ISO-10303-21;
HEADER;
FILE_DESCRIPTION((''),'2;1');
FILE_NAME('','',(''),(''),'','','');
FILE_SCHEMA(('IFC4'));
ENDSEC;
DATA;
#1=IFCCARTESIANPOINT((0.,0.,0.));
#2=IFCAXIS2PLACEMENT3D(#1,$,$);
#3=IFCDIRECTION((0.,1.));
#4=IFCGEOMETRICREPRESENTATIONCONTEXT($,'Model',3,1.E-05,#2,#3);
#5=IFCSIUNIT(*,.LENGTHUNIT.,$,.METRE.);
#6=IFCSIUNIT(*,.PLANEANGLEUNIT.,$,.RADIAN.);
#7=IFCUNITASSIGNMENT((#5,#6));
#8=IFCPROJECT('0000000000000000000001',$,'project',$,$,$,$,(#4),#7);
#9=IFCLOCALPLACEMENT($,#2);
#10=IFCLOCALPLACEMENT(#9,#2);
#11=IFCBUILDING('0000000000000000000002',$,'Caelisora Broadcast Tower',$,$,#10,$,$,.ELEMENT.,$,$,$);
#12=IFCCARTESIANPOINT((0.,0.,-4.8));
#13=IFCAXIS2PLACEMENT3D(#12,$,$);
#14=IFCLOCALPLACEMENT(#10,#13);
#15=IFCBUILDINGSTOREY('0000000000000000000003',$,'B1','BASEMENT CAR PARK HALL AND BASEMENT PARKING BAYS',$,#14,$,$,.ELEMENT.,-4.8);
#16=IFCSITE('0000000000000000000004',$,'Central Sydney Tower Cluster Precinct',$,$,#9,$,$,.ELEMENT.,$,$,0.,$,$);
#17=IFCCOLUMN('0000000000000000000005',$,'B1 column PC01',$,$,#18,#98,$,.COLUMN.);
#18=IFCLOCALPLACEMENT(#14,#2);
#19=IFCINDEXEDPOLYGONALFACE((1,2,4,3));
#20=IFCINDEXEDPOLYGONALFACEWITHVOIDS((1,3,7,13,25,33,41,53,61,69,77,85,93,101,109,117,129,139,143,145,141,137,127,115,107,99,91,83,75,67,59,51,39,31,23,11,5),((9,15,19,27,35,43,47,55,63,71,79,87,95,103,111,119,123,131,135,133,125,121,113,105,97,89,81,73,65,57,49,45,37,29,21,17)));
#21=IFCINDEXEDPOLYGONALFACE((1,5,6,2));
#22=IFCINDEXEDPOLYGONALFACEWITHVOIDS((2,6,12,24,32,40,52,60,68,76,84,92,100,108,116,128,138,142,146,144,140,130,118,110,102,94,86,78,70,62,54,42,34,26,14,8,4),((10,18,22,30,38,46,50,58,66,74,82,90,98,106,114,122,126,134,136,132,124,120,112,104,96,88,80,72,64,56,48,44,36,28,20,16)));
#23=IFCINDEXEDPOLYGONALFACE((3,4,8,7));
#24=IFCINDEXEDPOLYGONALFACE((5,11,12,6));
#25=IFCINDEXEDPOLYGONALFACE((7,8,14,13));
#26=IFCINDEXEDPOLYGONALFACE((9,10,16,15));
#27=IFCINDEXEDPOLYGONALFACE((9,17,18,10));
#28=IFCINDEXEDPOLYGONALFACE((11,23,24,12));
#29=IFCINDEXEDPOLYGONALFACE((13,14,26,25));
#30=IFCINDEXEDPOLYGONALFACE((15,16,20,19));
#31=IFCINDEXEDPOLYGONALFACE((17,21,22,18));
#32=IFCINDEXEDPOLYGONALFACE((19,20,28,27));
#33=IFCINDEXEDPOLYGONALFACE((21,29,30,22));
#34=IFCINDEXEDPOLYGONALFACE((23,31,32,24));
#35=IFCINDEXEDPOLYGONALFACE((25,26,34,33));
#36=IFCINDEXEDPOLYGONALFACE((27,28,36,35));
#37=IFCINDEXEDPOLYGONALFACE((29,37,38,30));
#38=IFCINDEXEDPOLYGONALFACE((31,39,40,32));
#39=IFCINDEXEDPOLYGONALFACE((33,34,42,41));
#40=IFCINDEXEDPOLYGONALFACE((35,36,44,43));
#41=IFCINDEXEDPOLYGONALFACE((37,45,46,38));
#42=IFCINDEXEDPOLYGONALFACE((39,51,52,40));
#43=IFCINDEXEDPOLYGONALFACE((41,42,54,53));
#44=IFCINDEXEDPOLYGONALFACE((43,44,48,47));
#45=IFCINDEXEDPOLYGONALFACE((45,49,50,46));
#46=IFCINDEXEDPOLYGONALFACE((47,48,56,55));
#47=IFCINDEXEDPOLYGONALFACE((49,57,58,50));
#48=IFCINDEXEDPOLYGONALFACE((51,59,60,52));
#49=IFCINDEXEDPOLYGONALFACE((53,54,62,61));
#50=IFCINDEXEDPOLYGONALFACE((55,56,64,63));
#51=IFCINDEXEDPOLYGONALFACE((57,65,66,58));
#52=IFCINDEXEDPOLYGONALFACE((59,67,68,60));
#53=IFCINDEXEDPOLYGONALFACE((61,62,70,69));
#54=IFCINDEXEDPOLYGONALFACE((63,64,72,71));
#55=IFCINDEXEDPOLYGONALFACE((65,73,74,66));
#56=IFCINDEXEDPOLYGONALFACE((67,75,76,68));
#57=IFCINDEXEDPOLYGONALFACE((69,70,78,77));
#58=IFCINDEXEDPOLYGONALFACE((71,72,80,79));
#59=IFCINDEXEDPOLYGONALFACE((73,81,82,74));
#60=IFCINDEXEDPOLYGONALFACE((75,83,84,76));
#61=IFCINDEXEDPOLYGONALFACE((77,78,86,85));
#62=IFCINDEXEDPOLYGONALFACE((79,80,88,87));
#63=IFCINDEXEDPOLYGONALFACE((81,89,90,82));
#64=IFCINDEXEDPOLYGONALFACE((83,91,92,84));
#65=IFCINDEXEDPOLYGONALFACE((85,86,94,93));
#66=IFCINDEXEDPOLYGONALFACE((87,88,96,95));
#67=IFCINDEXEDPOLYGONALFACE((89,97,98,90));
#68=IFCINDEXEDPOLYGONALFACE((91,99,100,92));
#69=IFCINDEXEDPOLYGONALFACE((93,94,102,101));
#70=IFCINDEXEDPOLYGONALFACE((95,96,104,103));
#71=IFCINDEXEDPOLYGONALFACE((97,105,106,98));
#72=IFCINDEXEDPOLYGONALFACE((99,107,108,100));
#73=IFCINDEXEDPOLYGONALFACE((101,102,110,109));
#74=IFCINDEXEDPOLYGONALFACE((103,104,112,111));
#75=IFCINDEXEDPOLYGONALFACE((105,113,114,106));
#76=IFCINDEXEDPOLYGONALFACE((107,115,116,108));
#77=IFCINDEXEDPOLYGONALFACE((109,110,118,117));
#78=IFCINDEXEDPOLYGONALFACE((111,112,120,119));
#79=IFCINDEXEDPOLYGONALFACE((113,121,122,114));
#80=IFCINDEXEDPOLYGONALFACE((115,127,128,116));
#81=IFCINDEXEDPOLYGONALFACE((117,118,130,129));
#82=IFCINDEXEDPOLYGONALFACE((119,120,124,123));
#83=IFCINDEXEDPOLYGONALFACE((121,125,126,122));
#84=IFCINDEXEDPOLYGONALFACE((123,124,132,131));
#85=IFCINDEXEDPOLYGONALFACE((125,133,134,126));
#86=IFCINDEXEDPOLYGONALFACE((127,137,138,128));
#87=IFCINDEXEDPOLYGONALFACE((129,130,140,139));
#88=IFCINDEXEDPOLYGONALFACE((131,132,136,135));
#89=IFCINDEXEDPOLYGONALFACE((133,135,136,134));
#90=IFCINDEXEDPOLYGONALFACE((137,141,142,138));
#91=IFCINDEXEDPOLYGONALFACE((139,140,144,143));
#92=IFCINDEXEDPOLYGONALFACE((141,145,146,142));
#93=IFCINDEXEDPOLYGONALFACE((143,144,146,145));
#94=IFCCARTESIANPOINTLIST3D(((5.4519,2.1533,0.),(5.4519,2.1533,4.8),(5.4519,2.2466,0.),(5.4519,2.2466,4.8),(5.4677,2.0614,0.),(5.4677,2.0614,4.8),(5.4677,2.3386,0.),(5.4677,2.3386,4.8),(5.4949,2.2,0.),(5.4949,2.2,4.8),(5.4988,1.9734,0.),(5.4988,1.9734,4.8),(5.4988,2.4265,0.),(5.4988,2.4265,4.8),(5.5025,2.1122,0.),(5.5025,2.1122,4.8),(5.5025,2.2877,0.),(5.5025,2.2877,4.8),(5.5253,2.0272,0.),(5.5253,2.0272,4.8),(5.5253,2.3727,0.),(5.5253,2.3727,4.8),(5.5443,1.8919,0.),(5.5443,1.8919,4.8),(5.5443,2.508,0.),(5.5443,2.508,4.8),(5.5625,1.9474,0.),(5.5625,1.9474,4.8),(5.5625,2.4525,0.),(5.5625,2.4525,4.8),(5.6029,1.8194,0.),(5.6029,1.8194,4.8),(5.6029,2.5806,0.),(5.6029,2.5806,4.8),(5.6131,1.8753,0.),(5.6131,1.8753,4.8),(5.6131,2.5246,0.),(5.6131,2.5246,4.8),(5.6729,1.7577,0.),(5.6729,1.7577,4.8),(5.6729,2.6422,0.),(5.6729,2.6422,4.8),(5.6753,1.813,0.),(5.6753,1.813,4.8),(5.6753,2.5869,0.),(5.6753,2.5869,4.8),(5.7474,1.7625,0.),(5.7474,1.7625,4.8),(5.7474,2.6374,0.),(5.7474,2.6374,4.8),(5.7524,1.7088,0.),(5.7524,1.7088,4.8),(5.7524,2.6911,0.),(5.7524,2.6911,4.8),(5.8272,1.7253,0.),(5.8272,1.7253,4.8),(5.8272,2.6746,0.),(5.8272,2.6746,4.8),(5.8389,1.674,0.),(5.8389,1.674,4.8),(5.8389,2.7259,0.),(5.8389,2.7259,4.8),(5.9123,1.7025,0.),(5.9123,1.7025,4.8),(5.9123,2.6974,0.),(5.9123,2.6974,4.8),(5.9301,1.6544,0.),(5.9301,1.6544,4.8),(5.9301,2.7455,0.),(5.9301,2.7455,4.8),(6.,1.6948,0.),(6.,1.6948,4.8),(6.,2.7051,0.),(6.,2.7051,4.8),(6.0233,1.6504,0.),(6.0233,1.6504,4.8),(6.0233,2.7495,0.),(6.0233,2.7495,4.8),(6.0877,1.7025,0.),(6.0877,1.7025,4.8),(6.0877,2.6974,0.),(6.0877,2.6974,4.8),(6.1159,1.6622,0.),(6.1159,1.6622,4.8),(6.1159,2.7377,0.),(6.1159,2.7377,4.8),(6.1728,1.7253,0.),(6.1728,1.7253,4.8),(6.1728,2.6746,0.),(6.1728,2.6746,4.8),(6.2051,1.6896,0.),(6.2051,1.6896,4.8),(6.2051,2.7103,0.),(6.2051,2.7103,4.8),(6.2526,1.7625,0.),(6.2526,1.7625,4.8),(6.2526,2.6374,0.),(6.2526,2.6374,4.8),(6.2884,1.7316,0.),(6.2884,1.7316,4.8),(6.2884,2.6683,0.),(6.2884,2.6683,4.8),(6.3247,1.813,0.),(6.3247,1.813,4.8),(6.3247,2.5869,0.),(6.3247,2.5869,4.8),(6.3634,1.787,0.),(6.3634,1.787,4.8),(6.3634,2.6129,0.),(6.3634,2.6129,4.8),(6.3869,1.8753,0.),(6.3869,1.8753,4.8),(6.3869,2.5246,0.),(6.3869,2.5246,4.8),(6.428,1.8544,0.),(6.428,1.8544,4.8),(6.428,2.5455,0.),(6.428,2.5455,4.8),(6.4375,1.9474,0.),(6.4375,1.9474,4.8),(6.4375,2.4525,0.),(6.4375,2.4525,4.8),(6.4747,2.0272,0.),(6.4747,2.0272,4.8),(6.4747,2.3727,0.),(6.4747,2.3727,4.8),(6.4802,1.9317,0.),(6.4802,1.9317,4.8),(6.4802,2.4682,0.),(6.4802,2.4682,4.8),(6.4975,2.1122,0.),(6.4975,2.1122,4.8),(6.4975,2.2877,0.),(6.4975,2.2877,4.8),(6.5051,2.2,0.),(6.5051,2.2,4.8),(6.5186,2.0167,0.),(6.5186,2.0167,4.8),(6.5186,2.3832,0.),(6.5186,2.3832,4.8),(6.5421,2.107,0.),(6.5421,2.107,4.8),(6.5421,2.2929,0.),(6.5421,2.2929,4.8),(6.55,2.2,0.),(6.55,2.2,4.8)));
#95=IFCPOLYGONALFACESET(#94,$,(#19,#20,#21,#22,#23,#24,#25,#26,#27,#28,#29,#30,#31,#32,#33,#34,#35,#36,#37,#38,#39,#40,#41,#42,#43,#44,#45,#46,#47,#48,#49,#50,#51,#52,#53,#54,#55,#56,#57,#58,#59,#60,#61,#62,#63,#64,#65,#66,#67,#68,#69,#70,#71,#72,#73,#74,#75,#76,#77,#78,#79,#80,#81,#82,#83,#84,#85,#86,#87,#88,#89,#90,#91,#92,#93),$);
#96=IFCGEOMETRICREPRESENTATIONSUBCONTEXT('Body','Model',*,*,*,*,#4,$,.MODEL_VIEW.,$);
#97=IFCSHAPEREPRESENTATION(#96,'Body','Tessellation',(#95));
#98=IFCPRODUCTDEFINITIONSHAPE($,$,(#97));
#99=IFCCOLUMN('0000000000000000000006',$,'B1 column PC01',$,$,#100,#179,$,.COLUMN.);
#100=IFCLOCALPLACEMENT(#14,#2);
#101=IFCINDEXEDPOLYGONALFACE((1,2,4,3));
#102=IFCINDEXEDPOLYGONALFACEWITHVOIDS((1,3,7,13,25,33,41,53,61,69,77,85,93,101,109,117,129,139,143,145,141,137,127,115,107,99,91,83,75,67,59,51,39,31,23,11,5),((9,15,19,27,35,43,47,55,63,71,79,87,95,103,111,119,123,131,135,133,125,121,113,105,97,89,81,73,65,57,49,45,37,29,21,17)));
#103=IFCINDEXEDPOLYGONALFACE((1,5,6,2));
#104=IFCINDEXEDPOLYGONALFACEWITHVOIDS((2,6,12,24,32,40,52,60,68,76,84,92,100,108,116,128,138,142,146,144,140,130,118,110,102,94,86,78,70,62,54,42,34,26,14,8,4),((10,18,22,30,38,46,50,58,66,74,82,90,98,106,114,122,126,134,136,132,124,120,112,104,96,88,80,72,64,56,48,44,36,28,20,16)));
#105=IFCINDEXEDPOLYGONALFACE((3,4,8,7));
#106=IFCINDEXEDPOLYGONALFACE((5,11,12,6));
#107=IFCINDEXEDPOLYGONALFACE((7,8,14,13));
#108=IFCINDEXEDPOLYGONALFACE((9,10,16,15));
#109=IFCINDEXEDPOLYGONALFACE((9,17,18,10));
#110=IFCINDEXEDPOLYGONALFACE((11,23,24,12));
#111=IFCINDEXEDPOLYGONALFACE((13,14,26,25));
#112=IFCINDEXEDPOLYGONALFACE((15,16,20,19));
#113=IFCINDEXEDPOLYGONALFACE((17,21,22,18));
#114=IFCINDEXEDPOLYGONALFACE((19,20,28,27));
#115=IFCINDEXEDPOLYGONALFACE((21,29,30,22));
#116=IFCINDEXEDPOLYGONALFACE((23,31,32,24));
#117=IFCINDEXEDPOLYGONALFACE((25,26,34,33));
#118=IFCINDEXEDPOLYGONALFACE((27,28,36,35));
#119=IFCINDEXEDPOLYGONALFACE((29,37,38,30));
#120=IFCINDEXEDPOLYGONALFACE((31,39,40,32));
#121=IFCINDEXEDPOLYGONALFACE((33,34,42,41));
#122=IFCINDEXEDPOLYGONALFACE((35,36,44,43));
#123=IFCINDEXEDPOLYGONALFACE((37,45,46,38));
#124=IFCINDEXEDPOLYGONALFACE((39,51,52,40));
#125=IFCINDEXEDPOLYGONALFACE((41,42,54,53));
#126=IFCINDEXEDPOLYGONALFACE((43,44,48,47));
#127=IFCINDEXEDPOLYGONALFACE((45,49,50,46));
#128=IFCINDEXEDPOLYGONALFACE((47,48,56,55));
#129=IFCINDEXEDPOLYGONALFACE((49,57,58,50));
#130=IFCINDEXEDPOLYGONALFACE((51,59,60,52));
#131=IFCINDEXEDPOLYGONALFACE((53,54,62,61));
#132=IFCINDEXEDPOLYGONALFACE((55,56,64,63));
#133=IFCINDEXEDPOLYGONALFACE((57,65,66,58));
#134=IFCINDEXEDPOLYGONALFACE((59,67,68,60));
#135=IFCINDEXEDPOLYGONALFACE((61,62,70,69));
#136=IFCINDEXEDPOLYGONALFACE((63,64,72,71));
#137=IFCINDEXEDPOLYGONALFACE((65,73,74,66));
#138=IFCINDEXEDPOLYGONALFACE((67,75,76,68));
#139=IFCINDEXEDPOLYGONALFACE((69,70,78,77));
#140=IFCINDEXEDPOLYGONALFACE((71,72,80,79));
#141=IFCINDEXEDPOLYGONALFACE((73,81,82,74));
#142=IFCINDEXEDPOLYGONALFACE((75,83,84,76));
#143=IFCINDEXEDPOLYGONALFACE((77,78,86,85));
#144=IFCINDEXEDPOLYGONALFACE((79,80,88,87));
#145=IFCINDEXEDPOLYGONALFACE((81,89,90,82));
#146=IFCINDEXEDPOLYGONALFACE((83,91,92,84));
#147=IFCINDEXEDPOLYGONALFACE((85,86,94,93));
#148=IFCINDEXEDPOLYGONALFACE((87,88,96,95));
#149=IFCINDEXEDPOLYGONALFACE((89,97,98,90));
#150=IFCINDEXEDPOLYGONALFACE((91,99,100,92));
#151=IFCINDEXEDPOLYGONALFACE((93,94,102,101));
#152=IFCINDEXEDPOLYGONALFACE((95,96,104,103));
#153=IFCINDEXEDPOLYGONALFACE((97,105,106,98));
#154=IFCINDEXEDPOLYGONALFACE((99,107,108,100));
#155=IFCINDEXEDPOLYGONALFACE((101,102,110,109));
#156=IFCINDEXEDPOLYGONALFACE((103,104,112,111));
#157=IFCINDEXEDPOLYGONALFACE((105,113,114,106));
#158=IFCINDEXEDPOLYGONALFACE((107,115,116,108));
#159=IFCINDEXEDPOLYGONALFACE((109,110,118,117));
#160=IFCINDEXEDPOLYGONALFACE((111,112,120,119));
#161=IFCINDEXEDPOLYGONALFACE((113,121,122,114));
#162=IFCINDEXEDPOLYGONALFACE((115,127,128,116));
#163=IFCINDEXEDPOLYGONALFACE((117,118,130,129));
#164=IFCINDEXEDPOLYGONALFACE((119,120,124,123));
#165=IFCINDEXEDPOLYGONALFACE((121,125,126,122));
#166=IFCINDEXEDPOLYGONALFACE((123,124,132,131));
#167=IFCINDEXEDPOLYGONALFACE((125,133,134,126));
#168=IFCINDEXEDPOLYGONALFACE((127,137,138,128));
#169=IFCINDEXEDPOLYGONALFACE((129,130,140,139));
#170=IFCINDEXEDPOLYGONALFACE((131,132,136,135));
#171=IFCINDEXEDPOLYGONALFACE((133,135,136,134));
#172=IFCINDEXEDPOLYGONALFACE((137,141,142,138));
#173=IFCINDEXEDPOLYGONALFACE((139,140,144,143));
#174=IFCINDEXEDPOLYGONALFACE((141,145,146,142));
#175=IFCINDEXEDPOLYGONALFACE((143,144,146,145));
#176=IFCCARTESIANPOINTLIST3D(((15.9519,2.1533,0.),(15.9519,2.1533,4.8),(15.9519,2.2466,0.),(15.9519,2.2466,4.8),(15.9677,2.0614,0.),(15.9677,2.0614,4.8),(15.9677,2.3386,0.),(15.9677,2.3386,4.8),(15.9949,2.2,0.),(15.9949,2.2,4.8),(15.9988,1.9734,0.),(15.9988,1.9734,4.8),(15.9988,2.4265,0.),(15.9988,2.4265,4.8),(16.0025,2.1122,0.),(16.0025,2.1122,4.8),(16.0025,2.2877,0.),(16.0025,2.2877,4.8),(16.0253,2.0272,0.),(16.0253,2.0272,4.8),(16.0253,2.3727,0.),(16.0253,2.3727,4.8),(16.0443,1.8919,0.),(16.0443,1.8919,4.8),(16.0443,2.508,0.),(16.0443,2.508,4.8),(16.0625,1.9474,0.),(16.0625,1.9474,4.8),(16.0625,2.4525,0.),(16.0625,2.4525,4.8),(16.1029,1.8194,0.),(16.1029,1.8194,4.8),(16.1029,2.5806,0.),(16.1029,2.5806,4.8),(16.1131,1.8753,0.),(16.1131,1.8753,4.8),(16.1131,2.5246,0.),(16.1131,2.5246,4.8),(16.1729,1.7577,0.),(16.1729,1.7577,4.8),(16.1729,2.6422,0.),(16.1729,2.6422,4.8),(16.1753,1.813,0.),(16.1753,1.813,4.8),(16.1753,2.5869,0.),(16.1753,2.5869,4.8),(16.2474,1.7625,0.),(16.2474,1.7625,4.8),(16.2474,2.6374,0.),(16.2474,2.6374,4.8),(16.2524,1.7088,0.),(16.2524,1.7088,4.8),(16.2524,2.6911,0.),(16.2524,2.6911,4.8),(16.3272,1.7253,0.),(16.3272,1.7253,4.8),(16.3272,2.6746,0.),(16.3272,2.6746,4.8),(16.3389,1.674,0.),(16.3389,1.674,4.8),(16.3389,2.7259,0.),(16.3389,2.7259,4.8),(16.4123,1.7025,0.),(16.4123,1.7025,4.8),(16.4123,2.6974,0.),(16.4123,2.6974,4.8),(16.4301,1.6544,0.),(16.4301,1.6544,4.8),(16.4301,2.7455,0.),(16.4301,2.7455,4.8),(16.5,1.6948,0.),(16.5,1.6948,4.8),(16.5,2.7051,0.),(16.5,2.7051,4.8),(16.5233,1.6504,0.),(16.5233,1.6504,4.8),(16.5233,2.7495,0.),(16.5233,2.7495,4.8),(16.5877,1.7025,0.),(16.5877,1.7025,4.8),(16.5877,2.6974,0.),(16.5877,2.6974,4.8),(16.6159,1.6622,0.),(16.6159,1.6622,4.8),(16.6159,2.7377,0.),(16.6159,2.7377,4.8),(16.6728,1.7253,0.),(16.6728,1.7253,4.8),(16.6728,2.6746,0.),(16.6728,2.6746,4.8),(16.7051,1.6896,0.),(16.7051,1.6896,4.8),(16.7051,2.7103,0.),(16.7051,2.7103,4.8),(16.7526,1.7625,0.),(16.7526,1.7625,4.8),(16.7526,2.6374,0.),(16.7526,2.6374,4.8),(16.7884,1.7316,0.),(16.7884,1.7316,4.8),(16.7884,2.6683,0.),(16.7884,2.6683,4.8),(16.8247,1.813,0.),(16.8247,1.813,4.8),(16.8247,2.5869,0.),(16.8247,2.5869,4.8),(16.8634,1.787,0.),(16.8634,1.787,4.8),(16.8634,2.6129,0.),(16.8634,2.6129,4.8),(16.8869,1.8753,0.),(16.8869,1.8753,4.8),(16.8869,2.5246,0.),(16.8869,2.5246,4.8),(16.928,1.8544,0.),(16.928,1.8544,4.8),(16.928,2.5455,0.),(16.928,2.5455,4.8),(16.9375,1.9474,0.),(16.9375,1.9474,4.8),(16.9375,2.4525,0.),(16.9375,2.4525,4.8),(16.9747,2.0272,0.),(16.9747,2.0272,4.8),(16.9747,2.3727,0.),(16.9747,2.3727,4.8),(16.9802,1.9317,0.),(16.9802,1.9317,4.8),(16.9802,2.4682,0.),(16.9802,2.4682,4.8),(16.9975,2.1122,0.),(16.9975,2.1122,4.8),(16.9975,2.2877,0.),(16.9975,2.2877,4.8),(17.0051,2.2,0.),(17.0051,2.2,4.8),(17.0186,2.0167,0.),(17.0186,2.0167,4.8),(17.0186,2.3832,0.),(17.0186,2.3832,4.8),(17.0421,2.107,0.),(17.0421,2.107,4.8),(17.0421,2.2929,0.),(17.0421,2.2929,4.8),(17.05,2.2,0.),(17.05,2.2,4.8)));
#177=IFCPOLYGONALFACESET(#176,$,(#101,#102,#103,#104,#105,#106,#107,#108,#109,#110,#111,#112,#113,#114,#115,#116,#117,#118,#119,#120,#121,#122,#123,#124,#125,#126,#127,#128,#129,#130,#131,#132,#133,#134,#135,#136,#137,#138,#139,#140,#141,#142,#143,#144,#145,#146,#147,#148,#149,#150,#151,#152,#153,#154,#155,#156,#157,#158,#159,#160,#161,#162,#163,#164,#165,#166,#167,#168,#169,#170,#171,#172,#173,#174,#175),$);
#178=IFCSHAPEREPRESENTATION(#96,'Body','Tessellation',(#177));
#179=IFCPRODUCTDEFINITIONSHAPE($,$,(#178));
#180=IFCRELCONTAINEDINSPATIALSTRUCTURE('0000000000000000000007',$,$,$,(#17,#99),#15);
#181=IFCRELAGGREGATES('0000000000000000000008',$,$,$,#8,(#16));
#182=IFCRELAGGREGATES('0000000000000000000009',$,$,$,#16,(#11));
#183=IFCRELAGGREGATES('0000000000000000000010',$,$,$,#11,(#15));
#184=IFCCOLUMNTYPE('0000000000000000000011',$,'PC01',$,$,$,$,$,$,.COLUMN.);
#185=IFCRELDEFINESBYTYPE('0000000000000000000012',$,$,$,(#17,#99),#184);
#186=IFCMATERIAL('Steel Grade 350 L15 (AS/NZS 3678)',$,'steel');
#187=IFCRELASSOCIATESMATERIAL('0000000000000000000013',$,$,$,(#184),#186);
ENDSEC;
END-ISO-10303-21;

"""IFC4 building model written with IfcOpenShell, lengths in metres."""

from ifc_helpers import new_model, si_unit, direction, frame, origin, origin_2d, place, context, subcontext, project, spatial, hollow_circle, extrude, source, transform, mapped, material, material_profile, profile_set, type_object, type_shapes, element, save


model = new_model("IFC4")

# Units and contexts
model_context = context("Model", 3, precision=1e-05, world=origin(), true_north=direction((0.0, 1.0)))
body_context = subcontext(model_context, "Body", "Model", "MODEL_VIEW")
ifc_project = project(units=[si_unit("LENGTHUNIT", "METRE"), si_unit("PLANEANGLEUNIT", "RADIAN")], contexts=[model_context])

# Site, building, storey
site_placement = place(None, origin())
site = spatial("IfcSite", under=ifc_project, at=site_placement, Name="Central Sydney Tower Cluster Precinct", CompositionType="ELEMENT", RefElevation=0.0)
building_placement = place(site_placement, origin())
building = spatial("IfcBuilding", under=site, at=building_placement, Name="Caelisora Broadcast Tower", CompositionType="ELEMENT")
storey_placement = place(building_placement, frame((0.0, 0.0, -4.8)))
storey = spatial("IfcBuildingStorey", under=building, at=storey_placement, Name="B1", Description="BASEMENT CAR PARK HALL AND BASEMENT PARKING BAYS", CompositionType="ELEMENT", Elevation=-4.8)

# Columns
ifc_material_1 = material(Name="Steel Grade 350 L15 (AS/NZS 3678)", Category="steel")
ifc_material_profile_1 = material_profile(ifc_material_1, hollow_circle(Radius=0.55, WallThickness=0.0449, at=origin_2d()), Name="Steel Grade 350 L15 (AS/NZS 3678)")
ifc_profile_set_1 = profile_set([ifc_material_profile_1], Name="Steel Grade 350 L15 (AS/NZS 3678)")
column_type_1 = type_object("IfcColumnType", Name="PC01", PredefinedType="COLUMN", material=ifc_profile_set_1)
shared_shape_1 = source(origin(), body_context, "Body", "SweptSolid", [
    extrude(hollow_circle(Radius=0.55, WallThickness=0.0449, at=origin_2d()), origin(), (0.0, 0.0, 1.0), 4.8),
])
type_shapes(column_type_1, [shared_shape_1])
for number, where, z_axis, x_axis, name in (
    (1, (6.0, 2.2, 0.0), (0.0, 0.0, 1.0), (1.0, 0.0, 0.0), "B1 column PC01"),
    (2, (16.5, 2.2, 0.0), (0.0, 0.0, 1.0), (1.0, 0.0, 0.0), "B1 column PC01"),
):
    element("IfcColumn", number, at=place(storey_placement, frame(where, z_axis=z_axis, x_axis=x_axis)), inside=storey, type_object=column_type_1, Name=name, PredefinedType="COLUMN", context=body_context, shape_type="MappedRepresentation", body=[
        mapped(shared_shape_1, transform((0.0, 0.0, 0.0), scale=1.0)),
    ])

save(model, "model.ifc")
